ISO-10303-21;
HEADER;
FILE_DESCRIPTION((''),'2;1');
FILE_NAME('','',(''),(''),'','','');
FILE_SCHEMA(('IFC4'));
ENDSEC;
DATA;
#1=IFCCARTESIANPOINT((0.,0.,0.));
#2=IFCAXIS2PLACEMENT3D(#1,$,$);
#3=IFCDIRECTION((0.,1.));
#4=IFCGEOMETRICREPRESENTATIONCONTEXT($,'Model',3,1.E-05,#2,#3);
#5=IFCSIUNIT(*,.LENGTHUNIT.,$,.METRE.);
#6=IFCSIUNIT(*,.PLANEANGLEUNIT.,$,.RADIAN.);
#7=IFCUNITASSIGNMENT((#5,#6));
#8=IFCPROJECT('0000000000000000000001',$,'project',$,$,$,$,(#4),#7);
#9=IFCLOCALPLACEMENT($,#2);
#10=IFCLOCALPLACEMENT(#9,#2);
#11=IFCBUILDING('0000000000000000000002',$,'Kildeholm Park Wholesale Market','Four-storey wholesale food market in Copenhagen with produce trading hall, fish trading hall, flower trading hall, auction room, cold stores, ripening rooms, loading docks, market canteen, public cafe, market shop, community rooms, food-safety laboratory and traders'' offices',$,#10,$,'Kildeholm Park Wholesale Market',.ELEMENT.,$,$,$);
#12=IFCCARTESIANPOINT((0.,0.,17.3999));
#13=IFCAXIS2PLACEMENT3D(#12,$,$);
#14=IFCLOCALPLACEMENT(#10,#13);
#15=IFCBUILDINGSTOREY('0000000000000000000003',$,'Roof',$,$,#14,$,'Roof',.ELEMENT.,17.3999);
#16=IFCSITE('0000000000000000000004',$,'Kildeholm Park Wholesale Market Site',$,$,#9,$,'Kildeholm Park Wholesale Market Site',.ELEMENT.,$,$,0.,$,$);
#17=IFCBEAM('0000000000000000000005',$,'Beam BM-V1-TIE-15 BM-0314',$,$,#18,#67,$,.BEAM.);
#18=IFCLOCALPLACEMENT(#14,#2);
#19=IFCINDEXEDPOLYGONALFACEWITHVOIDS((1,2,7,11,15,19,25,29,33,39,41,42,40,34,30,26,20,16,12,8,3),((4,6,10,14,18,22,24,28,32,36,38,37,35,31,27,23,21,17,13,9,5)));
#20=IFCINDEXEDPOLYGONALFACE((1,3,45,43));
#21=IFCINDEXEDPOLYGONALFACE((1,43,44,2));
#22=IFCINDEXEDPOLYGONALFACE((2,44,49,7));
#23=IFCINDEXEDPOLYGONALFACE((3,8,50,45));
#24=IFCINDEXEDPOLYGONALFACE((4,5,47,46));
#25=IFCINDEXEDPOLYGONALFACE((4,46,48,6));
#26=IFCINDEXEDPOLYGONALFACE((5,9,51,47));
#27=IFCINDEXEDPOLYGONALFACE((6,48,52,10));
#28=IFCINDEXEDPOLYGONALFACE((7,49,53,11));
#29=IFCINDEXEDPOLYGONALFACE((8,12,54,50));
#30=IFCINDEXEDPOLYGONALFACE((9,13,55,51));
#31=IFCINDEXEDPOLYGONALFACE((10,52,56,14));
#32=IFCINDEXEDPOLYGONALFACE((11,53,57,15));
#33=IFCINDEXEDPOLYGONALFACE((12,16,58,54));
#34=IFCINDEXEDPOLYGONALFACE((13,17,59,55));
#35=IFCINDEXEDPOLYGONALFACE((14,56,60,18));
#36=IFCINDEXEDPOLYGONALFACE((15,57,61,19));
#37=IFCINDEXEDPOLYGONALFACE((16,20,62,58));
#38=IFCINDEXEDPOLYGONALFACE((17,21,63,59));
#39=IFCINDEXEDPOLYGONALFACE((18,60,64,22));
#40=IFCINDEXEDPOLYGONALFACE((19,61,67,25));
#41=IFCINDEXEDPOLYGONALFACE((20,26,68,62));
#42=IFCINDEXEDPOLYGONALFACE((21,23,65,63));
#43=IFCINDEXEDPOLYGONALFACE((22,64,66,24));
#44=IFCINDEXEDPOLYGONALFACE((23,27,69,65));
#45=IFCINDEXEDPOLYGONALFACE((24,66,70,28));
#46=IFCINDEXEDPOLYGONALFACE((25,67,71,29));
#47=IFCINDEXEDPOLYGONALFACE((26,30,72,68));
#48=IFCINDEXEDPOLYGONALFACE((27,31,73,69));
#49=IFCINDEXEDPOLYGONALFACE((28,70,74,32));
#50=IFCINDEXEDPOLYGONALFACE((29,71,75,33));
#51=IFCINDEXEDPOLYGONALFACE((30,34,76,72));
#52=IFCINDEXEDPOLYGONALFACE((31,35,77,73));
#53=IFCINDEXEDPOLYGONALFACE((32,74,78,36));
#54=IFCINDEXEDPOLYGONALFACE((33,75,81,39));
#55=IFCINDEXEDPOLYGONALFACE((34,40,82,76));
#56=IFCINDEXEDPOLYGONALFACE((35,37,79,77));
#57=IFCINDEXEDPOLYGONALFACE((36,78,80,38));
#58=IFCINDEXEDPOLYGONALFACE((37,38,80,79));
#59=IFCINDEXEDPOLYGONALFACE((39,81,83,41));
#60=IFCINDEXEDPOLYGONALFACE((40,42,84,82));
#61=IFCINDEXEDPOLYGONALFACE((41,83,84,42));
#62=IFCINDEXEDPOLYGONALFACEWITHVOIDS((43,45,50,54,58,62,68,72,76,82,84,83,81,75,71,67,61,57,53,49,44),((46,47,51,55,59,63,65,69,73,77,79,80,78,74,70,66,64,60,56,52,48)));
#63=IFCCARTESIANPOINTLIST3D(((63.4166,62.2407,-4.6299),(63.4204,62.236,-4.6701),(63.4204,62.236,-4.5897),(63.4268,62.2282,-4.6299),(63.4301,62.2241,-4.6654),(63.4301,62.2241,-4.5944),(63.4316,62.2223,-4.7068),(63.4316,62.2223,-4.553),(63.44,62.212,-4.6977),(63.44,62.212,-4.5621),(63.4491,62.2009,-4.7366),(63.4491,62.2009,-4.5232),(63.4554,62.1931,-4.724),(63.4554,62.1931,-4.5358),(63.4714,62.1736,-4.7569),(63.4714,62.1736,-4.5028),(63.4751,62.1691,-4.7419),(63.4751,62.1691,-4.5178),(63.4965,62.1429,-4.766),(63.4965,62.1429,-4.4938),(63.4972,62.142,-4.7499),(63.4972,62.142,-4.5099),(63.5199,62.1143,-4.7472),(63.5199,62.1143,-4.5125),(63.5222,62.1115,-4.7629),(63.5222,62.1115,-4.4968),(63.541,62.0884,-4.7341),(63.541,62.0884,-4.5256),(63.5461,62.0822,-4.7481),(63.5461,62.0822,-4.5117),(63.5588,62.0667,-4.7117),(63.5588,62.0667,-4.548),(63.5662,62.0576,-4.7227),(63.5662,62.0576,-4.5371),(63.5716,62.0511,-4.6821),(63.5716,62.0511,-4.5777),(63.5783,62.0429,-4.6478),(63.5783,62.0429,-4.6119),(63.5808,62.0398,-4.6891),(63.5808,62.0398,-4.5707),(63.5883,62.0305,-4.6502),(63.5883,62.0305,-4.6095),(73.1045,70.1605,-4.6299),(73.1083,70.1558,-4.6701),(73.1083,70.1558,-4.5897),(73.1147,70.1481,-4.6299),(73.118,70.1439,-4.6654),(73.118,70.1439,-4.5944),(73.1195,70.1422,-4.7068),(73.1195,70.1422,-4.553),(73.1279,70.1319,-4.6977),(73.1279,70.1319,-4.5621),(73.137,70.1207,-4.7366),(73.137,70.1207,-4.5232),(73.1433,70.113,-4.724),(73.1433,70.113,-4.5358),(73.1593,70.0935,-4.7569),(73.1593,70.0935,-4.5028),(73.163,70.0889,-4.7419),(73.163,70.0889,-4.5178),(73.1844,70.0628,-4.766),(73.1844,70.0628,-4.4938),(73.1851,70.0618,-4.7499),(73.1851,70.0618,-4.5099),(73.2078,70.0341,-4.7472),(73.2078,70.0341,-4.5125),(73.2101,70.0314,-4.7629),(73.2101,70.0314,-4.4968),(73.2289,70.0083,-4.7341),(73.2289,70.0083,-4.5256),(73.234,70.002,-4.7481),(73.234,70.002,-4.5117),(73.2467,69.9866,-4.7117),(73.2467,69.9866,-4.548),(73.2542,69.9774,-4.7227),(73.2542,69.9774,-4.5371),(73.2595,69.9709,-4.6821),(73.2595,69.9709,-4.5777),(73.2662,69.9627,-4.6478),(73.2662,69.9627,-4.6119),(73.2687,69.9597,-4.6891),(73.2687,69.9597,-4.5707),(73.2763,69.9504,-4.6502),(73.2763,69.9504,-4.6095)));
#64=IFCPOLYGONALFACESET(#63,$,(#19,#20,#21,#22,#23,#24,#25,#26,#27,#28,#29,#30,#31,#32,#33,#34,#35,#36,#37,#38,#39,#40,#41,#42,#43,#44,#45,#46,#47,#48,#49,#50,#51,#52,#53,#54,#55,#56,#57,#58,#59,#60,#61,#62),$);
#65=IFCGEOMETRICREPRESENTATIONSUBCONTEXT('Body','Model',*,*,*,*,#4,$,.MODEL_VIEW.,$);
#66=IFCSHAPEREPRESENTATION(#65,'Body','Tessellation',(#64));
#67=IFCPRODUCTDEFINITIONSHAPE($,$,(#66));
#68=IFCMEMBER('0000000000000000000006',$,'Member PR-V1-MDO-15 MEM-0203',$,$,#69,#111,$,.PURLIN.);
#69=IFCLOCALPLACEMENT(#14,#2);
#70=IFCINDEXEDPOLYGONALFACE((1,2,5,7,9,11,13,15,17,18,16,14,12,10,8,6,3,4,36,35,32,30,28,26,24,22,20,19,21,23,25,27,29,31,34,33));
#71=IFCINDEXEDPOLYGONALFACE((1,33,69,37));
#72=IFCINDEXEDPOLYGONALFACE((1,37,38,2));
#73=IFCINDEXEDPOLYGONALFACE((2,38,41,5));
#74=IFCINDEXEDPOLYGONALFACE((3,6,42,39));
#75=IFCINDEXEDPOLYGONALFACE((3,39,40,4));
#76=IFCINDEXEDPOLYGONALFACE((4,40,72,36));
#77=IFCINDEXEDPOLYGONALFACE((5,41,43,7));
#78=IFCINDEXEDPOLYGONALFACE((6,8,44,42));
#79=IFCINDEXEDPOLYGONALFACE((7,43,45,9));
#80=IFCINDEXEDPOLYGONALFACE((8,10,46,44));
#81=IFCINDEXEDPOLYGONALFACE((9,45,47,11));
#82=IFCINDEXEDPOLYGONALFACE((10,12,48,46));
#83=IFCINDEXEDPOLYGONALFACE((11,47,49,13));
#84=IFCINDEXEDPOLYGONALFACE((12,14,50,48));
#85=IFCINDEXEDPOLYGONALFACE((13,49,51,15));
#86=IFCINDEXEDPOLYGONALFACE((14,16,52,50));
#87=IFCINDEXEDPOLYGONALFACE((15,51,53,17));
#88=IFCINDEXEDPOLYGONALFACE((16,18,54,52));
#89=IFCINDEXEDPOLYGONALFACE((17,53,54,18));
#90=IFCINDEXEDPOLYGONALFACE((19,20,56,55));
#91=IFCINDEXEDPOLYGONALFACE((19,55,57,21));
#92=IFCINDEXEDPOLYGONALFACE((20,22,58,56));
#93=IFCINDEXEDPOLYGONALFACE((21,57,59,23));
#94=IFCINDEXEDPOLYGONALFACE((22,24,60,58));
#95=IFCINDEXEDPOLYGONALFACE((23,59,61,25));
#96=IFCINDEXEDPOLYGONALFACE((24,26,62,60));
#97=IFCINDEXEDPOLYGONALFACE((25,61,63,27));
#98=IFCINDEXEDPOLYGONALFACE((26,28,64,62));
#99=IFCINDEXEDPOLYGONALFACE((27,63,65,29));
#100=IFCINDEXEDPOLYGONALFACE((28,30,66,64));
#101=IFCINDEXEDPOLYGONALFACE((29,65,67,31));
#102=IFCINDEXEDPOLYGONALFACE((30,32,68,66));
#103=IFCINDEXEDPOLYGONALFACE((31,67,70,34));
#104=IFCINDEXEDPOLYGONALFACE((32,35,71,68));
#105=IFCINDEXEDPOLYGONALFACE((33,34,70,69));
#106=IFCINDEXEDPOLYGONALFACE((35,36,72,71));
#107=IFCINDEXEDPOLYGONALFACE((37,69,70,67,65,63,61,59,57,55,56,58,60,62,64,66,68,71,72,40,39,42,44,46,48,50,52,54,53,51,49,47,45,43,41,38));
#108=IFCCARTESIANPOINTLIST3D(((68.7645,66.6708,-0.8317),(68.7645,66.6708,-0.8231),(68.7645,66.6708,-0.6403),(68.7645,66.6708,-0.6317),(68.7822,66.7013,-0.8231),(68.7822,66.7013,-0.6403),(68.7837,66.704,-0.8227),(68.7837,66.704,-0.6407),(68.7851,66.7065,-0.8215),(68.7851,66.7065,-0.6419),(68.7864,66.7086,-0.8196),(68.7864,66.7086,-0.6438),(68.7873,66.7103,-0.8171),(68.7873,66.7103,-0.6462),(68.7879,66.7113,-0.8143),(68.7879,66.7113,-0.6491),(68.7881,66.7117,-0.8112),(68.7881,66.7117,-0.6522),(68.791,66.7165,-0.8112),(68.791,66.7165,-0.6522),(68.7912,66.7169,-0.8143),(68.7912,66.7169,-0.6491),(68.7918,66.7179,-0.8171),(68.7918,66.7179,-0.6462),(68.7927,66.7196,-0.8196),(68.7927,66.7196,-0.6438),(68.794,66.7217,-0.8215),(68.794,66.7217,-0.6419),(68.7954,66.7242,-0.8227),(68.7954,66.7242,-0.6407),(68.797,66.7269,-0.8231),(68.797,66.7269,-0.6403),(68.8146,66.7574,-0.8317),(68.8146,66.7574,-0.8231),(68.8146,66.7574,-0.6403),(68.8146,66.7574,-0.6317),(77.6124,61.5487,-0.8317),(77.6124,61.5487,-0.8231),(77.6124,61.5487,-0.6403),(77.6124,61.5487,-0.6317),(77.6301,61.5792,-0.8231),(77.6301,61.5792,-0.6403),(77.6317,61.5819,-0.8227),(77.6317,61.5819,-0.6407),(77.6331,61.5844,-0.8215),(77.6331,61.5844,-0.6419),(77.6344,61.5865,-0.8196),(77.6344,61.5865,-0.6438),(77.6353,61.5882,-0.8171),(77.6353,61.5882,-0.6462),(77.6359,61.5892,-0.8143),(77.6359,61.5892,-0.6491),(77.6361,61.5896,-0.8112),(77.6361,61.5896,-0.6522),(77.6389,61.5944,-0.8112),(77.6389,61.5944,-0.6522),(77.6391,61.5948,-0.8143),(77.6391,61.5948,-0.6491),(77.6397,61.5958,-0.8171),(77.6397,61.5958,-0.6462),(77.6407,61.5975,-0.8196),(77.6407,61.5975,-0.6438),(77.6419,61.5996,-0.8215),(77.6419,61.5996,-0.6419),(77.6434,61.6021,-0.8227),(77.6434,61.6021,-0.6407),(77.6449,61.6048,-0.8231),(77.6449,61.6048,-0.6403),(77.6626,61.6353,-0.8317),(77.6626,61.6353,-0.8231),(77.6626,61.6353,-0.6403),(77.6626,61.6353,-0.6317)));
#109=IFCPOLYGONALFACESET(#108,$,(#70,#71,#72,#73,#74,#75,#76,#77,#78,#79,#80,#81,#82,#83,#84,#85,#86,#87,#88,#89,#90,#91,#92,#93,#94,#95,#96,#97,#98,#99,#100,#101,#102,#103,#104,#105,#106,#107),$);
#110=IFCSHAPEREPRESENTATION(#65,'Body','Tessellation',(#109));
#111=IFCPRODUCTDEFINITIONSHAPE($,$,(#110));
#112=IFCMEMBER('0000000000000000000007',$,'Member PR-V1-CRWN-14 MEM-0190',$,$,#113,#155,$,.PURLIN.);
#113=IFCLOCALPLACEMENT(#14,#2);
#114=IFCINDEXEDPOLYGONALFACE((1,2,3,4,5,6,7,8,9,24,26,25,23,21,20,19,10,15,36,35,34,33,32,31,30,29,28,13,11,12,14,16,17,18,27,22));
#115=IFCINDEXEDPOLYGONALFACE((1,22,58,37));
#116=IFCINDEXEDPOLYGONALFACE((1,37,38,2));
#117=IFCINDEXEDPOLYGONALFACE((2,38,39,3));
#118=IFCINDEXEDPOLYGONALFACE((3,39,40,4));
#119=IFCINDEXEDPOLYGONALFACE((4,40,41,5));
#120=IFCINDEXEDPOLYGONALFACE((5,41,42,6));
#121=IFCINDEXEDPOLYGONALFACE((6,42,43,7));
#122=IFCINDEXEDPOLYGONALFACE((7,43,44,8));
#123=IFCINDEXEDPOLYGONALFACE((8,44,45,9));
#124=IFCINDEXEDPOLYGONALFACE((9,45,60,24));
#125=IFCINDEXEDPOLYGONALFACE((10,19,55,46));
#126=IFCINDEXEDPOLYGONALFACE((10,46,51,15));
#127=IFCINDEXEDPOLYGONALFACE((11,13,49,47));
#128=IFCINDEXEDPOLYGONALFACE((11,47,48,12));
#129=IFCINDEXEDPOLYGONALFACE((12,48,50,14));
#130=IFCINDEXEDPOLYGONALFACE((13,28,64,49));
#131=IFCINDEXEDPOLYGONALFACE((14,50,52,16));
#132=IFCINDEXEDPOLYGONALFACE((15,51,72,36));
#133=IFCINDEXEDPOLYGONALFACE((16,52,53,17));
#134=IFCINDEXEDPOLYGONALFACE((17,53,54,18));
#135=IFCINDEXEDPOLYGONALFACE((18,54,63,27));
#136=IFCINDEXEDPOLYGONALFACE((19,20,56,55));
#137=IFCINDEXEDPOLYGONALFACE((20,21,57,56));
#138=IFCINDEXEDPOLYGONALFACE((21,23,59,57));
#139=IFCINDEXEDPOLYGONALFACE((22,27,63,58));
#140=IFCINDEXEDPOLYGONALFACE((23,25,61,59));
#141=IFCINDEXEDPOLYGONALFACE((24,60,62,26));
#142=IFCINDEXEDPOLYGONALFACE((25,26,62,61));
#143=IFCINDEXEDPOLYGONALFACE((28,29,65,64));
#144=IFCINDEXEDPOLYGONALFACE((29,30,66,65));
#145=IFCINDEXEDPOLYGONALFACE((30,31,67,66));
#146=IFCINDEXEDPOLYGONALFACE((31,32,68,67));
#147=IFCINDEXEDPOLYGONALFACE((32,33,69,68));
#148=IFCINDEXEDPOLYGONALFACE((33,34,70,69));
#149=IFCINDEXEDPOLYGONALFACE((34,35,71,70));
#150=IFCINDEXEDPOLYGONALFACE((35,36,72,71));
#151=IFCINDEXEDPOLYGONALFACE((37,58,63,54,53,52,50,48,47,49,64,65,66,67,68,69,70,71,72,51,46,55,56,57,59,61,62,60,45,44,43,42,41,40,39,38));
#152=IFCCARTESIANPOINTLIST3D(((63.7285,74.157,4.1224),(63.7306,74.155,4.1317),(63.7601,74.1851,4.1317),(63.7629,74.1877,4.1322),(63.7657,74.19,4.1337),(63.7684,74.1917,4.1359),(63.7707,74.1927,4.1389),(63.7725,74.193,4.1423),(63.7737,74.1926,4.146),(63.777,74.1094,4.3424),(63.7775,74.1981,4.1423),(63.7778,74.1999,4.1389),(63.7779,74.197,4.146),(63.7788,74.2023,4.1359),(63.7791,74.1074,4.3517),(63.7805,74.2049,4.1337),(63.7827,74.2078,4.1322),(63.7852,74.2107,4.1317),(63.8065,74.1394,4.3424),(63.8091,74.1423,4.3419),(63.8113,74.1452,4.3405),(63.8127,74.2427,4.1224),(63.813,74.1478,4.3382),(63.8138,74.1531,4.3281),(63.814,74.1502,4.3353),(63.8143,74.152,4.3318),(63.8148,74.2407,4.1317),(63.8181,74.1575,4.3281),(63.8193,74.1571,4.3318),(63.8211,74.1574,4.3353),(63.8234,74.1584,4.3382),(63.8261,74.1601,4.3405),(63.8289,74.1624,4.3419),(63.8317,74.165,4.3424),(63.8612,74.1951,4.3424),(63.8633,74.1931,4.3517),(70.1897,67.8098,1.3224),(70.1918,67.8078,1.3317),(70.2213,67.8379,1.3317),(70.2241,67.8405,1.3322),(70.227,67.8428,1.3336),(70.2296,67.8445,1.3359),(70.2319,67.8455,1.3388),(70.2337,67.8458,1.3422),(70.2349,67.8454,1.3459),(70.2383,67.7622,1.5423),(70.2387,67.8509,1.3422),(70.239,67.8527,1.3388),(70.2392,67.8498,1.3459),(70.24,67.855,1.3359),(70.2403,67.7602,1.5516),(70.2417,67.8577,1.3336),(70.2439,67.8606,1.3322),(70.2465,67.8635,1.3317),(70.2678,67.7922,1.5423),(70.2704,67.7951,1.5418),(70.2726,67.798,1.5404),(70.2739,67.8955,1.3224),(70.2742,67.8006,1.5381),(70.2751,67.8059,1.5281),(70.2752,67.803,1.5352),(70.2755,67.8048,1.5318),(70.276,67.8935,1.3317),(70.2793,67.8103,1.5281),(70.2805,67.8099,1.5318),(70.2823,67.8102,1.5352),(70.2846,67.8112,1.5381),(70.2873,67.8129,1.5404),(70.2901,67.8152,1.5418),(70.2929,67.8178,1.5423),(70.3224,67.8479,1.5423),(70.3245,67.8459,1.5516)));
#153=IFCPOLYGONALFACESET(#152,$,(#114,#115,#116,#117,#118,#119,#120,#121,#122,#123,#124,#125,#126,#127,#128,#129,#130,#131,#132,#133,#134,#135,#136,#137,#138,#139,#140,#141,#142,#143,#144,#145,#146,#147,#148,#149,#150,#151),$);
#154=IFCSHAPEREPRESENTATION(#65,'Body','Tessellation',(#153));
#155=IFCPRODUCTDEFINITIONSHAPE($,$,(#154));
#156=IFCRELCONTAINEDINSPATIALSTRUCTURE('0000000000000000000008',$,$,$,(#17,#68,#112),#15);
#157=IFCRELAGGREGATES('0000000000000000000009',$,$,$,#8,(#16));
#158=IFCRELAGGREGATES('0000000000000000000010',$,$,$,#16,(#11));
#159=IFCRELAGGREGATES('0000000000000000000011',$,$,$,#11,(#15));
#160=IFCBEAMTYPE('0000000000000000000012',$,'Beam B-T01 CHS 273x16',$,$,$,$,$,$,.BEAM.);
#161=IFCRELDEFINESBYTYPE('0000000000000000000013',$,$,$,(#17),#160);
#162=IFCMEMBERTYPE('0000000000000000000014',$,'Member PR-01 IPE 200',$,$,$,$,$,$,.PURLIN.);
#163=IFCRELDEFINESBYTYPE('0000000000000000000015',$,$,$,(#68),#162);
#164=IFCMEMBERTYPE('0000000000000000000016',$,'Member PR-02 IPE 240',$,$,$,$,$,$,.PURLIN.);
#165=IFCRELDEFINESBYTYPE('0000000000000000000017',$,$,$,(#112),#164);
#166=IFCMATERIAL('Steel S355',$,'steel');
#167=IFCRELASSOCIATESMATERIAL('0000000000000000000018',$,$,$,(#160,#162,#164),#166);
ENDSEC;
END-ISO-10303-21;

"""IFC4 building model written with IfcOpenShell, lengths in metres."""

from ifc_helpers import new_model, si_unit, direction, frame, origin, origin_2d, place, context, subcontext, project, spatial, hollow_circle, i_section, extrude, material, material_profile, profile_set, type_object, element, save


model = new_model("IFC4")

# Units and contexts
model_context = context("Model", 3, precision=1e-05, world=origin(), true_north=direction((0.0, 1.0)))
body_context = subcontext(model_context, "Body", "Model", "MODEL_VIEW")
ifc_project = project(units=[si_unit("LENGTHUNIT", "METRE"), si_unit("PLANEANGLEUNIT", "RADIAN")], contexts=[model_context])

# Site, building, storey
site_placement = place(None, origin())
site = spatial("IfcSite", under=ifc_project, at=site_placement, Name="Kildeholm Park Wholesale Market Site", LongName="Kildeholm Park Wholesale Market Site", CompositionType="ELEMENT", RefElevation=0.0)
building_placement = place(site_placement, origin())
building = spatial("IfcBuilding", under=site, at=building_placement, Name="Kildeholm Park Wholesale Market", Description="Four-storey wholesale food market in Copenhagen with produce trading hall, fish trading hall, flower trading hall, auction room, cold stores, ripening rooms, loading docks, market canteen, public cafe, market shop, community rooms, food-safety laboratory and traders' offices", LongName="Kildeholm Park Wholesale Market", CompositionType="ELEMENT")
storey_placement = place(building_placement, frame((0.0, 0.0, 17.3999)))
storey = spatial("IfcBuildingStorey", under=building, at=storey_placement, Name="Roof", LongName="Roof", CompositionType="ELEMENT", Elevation=17.3999)

# Beam
ifc_material_1 = material(Name="Steel S355", Category="steel")
ifc_material_profile_1 = material_profile(ifc_material_1, hollow_circle(Radius=0.1365, WallThickness=0.0161, at=origin_2d()), Name="CHS 273x16")
ifc_profile_set_1 = profile_set([ifc_material_profile_1], Name="Steel S355")
beam_type = type_object("IfcBeamType", Name="Beam B-T01 CHS 273x16", PredefinedType="BEAM", material=ifc_profile_set_1)
beam_placement = place(storey_placement, frame((63.5029, 62.135, -4.6299), z_axis=(0.774216, 0.632921, 0.0), x_axis=(-0.632921, 0.774216, 0.0)))
element("IfcBeam", 1, at=beam_placement, inside=storey, type_object=beam_type, Name="Beam BM-V1-TIE-15 BM-0314", PredefinedType="BEAM", context=body_context, shape_type="SweptSolid", body=[
    extrude(hollow_circle(Radius=0.1365, WallThickness=0.0161, at=origin_2d()), origin(), (0.0, 0.0, 1.0), 12.5132),
])

# Members
ifc_material_profile_2 = material_profile(ifc_material_1, i_section(OverallWidth=0.1001, OverallDepth=0.2, WebThickness=0.0056, FlangeThickness=0.0085, FilletRadius=0.012, at=origin_2d()), Name="IPE 200")
ifc_profile_set_2 = profile_set([ifc_material_profile_2], Name="Steel S355")
member_type_1 = type_object("IfcMemberType", Name="Member PR-01 IPE 200", PredefinedType="PURLIN", material=ifc_profile_set_2)
member_1_placement = place(storey_placement, frame((68.7896, 66.7141, -0.7317), z_axis=(0.865443, -0.501007, 0.0), x_axis=(0.501007, 0.865443, 0.0)))
element("IfcMember", 2, at=member_1_placement, inside=storey, type_object=member_type_1, Name="Member PR-V1-MDO-15 MEM-0203", PredefinedType="PURLIN", context=body_context, shape_type="SweptSolid", body=[
    extrude(i_section(OverallWidth=0.1001, OverallDepth=0.2, WebThickness=0.0056, FlangeThickness=0.0085, FilletRadius=0.012, at=origin_2d()), origin(), (0.0, 0.0, 1.0), 10.2236),
])
ifc_material_profile_3 = material_profile(ifc_material_1, i_section(OverallWidth=0.1201, OverallDepth=0.24, WebThickness=0.0061, FlangeThickness=0.0098, FilletRadius=0.0149, at=origin_2d()), Name="IPE 240")
ifc_profile_set_3 = profile_set([ifc_material_profile_3], Name="Steel S355")
member_type_2 = type_object("IfcMemberType", Name="Member PR-02 IPE 240", PredefinedType="PURLIN", material=ifc_profile_set_3)
member_2_placement = place(storey_placement, frame((63.7959, 74.175, 4.2371), z_axis=(0.681547, -0.66952, -0.295358), x_axis=(0.700785, 0.713373, 0.0)))
element("IfcMember", 3, at=member_2_placement, inside=storey, type_object=member_type_2, Name="Member PR-V1-CRWN-14 MEM-0190", PredefinedType="PURLIN", context=body_context, shape_type="SweptSolid", body=[
    extrude(i_section(OverallWidth=0.1201, OverallDepth=0.24, WebThickness=0.0061, FlangeThickness=0.0098, FilletRadius=0.0149, at=origin_2d()), origin(), (0.0, 0.0, 1.0), 9.4802),
])

save(model, "model.ifc")
